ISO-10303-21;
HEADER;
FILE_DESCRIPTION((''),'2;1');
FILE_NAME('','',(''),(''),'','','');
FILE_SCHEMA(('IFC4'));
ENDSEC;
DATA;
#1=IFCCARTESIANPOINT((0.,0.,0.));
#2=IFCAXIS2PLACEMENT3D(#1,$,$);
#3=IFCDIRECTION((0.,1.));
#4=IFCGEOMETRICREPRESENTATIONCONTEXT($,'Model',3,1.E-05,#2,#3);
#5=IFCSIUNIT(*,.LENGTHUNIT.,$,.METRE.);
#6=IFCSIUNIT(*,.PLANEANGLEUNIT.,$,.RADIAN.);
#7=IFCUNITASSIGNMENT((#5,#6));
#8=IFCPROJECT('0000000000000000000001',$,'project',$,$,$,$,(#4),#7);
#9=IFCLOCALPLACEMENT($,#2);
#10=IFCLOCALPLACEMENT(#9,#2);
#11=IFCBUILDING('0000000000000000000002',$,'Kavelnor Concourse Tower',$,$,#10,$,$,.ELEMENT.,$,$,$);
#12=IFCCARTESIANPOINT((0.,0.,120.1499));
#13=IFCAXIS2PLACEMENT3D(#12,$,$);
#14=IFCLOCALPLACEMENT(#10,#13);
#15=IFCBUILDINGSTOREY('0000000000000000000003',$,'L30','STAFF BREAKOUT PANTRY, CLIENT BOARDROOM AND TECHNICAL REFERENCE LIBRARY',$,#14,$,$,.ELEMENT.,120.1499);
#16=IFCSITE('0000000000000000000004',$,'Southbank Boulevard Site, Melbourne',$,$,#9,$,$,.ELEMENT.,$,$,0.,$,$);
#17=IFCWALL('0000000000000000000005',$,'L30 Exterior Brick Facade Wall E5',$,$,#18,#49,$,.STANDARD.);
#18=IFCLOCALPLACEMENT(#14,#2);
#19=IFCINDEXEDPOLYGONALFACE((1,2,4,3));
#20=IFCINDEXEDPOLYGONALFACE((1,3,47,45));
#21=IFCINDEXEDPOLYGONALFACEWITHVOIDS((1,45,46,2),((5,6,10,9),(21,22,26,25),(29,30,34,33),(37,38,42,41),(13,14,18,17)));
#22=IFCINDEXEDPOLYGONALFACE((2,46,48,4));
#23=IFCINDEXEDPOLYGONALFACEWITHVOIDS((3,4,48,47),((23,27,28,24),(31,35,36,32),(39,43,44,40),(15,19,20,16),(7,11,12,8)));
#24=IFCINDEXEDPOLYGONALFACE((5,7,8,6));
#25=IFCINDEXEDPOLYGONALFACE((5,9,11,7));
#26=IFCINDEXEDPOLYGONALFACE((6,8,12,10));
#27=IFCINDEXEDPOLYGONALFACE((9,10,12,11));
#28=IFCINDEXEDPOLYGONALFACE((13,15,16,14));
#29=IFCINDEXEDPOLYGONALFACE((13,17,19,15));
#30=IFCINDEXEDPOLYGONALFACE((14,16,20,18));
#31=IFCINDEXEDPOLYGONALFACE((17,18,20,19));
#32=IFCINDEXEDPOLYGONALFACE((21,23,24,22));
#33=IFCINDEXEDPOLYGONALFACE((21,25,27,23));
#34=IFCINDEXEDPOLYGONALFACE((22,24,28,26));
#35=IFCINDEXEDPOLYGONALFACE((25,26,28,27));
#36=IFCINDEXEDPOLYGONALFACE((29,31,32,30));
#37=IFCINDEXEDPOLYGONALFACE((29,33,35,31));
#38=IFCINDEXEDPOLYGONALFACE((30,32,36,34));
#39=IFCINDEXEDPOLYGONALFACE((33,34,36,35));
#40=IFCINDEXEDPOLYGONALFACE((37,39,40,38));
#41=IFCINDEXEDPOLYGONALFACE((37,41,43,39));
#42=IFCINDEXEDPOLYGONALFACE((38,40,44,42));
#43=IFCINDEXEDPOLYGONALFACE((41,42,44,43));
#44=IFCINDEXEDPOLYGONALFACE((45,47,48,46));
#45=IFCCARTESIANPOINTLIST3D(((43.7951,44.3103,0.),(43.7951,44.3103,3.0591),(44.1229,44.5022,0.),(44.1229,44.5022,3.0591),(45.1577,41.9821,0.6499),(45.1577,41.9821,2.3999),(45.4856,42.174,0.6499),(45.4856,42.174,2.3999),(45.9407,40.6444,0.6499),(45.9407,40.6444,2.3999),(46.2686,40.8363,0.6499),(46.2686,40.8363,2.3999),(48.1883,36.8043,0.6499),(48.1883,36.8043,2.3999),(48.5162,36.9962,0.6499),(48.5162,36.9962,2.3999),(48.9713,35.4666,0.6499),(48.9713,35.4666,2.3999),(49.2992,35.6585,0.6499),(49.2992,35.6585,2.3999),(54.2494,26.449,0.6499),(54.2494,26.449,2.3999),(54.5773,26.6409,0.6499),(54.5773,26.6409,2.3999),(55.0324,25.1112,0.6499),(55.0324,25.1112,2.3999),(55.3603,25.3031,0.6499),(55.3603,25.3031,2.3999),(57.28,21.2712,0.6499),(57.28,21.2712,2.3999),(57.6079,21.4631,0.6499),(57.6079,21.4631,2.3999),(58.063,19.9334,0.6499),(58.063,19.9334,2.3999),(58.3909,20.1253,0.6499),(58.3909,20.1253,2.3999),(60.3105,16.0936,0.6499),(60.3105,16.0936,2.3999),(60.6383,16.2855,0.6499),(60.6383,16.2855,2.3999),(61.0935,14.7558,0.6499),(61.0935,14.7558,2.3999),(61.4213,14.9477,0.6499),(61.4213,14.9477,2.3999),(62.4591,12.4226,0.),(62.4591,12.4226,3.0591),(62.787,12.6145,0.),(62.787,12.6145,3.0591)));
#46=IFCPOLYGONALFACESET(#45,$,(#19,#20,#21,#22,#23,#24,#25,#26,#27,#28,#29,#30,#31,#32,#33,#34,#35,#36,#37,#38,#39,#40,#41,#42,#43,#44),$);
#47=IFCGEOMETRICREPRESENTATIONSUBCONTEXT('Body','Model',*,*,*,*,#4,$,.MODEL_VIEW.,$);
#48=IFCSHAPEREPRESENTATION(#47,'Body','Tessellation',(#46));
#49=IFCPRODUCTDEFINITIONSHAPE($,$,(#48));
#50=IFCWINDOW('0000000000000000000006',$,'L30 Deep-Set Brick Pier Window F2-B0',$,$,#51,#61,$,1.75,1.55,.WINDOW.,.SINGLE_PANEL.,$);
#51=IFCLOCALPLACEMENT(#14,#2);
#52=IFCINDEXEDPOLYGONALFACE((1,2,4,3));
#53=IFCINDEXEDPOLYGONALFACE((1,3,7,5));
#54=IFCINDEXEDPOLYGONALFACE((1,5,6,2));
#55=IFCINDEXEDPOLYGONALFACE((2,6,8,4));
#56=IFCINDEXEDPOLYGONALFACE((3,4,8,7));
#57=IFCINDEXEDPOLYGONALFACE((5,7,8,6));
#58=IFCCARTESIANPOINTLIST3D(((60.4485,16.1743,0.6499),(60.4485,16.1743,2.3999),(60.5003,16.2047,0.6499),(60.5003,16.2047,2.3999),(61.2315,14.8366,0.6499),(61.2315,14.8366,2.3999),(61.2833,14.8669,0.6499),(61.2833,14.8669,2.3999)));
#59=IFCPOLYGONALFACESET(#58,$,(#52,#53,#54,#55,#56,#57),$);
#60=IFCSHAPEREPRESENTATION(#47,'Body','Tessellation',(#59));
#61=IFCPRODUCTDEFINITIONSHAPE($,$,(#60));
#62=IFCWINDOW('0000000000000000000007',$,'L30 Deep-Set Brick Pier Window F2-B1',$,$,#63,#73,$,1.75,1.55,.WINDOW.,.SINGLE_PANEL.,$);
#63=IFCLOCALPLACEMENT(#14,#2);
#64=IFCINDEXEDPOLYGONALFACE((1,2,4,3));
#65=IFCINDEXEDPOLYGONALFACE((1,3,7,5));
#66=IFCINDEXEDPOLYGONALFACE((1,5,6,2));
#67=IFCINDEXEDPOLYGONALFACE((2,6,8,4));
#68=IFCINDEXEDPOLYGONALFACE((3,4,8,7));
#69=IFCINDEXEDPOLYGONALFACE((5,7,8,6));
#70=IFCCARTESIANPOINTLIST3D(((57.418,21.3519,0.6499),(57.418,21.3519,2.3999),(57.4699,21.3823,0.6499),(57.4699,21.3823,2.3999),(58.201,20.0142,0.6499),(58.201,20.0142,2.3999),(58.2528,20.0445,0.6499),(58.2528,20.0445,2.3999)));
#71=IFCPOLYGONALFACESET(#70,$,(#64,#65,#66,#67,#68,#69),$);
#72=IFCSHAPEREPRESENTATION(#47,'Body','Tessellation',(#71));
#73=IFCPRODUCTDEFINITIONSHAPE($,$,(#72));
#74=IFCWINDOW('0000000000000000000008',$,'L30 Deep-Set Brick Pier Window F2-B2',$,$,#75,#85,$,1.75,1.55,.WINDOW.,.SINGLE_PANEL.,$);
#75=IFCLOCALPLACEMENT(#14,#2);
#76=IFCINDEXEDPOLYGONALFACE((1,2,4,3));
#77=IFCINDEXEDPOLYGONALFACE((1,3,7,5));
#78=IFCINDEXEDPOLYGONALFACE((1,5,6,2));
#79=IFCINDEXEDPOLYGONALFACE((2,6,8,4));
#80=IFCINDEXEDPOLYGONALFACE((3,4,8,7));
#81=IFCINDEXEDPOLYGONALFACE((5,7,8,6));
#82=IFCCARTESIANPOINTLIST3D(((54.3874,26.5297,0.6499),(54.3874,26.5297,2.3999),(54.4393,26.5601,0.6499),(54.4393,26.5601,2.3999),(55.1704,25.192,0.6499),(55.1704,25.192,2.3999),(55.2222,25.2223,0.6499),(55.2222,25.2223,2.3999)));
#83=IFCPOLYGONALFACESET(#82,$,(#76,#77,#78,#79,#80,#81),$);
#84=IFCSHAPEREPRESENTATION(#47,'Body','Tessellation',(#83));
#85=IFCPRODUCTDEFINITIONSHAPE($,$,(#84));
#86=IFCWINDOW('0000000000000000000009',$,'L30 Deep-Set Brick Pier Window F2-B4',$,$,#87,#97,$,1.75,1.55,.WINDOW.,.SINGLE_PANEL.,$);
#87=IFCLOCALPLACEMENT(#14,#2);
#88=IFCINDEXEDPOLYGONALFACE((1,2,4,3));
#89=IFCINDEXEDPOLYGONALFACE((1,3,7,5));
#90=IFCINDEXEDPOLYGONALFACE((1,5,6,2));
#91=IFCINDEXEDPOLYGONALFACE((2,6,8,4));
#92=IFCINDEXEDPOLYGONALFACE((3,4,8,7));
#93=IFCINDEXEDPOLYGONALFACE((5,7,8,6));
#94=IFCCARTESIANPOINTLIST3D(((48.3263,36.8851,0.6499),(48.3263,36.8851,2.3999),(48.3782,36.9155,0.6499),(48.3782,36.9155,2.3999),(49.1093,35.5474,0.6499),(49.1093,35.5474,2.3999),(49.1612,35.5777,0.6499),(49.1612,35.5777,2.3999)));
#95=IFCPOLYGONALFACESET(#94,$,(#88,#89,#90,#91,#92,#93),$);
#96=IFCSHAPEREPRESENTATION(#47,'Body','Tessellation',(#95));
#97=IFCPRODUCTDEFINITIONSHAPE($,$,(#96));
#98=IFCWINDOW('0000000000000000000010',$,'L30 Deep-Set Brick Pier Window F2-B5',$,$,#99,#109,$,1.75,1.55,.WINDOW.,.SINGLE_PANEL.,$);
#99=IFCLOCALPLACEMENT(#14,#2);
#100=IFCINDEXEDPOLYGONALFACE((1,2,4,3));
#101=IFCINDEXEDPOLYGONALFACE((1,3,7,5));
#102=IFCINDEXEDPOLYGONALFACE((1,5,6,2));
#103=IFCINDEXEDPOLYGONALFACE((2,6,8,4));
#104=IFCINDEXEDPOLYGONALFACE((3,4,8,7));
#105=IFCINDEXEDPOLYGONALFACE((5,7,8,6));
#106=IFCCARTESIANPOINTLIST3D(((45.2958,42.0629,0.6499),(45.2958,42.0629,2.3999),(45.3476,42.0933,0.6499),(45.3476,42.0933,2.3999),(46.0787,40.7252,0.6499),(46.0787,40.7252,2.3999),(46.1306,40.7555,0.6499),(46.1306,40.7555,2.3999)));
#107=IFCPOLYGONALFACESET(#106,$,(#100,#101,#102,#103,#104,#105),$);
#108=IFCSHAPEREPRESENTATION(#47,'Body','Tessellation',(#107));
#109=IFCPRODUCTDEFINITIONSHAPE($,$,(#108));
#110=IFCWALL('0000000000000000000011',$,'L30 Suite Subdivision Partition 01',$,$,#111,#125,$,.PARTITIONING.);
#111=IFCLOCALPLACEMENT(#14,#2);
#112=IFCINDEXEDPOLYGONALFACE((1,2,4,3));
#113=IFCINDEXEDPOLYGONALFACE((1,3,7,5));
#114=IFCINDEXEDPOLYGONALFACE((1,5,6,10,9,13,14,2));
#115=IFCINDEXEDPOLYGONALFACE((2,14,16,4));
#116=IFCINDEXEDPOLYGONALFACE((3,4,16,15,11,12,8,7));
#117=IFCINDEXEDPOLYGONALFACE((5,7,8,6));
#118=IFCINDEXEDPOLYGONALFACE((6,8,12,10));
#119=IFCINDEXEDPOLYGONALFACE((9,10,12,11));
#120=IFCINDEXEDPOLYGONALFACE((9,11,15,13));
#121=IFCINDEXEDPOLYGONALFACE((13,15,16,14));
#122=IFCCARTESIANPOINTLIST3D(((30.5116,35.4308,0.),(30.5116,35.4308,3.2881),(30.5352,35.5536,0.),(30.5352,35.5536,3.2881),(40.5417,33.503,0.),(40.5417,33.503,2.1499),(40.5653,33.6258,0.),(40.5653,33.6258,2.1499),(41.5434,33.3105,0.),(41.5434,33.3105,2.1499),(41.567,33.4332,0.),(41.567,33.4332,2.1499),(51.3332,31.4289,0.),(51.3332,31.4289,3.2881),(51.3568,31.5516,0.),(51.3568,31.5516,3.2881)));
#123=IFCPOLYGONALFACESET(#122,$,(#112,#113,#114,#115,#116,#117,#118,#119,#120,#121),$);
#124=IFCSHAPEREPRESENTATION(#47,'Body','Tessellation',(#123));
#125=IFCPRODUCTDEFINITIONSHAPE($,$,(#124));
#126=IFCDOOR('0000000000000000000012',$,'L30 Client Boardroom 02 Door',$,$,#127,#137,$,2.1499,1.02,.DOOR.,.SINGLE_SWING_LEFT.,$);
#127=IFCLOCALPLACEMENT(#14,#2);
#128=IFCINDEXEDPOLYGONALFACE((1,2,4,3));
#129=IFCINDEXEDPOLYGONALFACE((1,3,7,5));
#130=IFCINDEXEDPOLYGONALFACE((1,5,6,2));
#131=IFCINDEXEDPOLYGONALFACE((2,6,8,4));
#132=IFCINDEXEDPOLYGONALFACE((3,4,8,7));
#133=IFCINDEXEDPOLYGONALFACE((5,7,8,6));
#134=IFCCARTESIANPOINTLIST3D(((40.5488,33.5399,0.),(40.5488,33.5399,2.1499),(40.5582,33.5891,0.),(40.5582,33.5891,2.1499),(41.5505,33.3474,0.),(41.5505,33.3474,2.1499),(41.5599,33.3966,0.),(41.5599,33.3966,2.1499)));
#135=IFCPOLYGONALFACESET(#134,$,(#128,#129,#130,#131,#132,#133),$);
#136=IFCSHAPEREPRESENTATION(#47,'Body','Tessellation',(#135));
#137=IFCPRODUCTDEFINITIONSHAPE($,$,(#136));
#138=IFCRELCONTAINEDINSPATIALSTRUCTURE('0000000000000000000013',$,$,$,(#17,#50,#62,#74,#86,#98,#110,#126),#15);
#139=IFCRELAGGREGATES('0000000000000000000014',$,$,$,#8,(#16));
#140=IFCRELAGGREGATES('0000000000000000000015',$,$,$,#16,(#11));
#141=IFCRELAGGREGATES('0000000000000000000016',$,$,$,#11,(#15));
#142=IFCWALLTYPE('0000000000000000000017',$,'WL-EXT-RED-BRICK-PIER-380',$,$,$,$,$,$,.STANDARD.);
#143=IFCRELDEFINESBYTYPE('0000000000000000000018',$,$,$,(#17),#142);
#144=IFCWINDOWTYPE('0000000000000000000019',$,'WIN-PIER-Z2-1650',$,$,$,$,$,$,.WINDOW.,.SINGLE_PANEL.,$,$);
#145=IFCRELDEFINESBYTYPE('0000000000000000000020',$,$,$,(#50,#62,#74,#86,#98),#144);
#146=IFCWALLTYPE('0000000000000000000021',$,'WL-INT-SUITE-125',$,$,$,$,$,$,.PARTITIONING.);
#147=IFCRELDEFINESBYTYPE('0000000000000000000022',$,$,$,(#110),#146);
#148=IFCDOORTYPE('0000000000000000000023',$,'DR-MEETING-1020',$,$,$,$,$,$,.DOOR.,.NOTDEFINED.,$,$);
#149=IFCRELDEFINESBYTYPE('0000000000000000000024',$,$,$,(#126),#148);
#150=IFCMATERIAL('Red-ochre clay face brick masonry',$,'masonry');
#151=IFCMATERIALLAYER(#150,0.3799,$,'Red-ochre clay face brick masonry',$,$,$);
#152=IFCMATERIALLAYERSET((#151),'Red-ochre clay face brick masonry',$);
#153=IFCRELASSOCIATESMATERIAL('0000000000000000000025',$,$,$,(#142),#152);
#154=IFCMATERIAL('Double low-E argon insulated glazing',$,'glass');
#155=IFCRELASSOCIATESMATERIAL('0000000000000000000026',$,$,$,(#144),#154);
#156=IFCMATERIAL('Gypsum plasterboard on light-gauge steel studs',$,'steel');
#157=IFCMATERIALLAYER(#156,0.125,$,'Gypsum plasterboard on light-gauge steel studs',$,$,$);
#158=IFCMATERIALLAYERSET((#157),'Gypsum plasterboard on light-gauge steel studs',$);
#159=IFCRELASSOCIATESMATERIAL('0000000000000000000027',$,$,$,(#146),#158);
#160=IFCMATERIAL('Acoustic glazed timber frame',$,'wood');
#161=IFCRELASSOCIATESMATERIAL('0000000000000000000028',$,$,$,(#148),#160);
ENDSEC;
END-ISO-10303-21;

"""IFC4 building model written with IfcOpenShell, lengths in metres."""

from ifc_helpers import new_model, si_unit, direction, frame, frame_2d, origin, place, context, subcontext, project, spatial, rectangle, extrude, material, layer, layer_set, type_object, element, fill, save


model = new_model("IFC4")

# Units and contexts
model_context = context("Model", 3, precision=1e-05, world=origin(), true_north=direction((0.0, 1.0)))
body_context = subcontext(model_context, "Body", "Model", "MODEL_VIEW")
ifc_project = project(units=[si_unit("LENGTHUNIT", "METRE"), si_unit("PLANEANGLEUNIT", "RADIAN")], contexts=[model_context])

# Site, building, storey
site_placement = place(None, origin())
site = spatial("IfcSite", under=ifc_project, at=site_placement, Name="Southbank Boulevard Site, Melbourne", CompositionType="ELEMENT", RefElevation=0.0)
building_placement = place(site_placement, origin())
building = spatial("IfcBuilding", under=site, at=building_placement, Name="Kavelnor Concourse Tower", CompositionType="ELEMENT")
storey_placement = place(building_placement, frame((0.0, 0.0, 120.1499)))
storey = spatial("IfcBuildingStorey", under=building, at=storey_placement, Name="L30", Description="STAFF BREAKOUT PANTRY, CLIENT BOARDROOM AND TECHNICAL REFERENCE LIBRARY", CompositionType="ELEMENT", Elevation=120.1499)

# Wall, openings, windows
ifc_material_1 = material(Name="Red-ochre clay face brick masonry", Category="masonry")
ifc_layer_1 = layer(ifc_material_1, 0.3799, Name="Red-ochre clay face brick masonry")
ifc_layer_set_1 = layer_set([ifc_layer_1], Name="Red-ochre clay face brick masonry")
wall_type_1 = type_object("IfcWallType", Name="WL-EXT-RED-BRICK-PIER-380", PredefinedType="STANDARD", material=ifc_layer_set_1)
wall_1_placement = place(storey_placement, frame((43.959, 44.4062, 0.0), z_axis=(0.0, 0.0, 1.0), x_axis=(0.505141, -0.863037, 0.0)))
wall_1 = element("IfcWall", 1, at=wall_1_placement, inside=storey, type_object=wall_type_1, Name="L30 Exterior Brick Facade Wall E5", PredefinedType="STANDARD", context=body_context, shape_type="SweptSolid", body=[
    extrude(rectangle(XDim=36.9482, YDim=0.3799, at=frame_2d((18.4741, 0.0))), origin(), (0.0, 0.0, 1.0), 3.0591),
])
opening_1_placement = place(wall_1_placement, frame((32.6948, 0.0, 0.6499)))
opening_1 = element("IfcOpeningElement", 2, at=opening_1_placement, cuts=wall_1, PredefinedType="OPENING", context=body_context, shape_type="SweptSolid", body=[
    extrude(rectangle(XDim=1.55, YDim=1.75, at=frame_2d((0.7749, 0.875))), frame((0.0, 0.2, 0.0), z_axis=(0.0, -1.0, 0.0), x_axis=(1.0, 0.0, 0.0)), (0.0, 0.0, 1.0), 0.3999),
])
opening_2_placement = place(wall_1_placement, frame((26.6956, 0.0, 0.6499)))
opening_2 = element("IfcOpeningElement", 3, at=opening_2_placement, cuts=wall_1, PredefinedType="OPENING", context=body_context, shape_type="SweptSolid", body=[
    extrude(rectangle(XDim=1.55, YDim=1.75, at=frame_2d((0.7749, 0.875))), frame((0.0, 0.2, 0.0), z_axis=(0.0, -1.0, 0.0), x_axis=(1.0, 0.0, 0.0)), (0.0, 0.0, 1.0), 0.3999),
])
opening_3_placement = place(wall_1_placement, frame((20.696, 0.0, 0.6499)))
opening_3 = element("IfcOpeningElement", 4, at=opening_3_placement, cuts=wall_1, PredefinedType="OPENING", context=body_context, shape_type="SweptSolid", body=[
    extrude(rectangle(XDim=1.55, YDim=1.75, at=frame_2d((0.7749, 0.875))), frame((0.0, 0.2, 0.0), z_axis=(0.0, -1.0, 0.0), x_axis=(1.0, 0.0, 0.0)), (0.0, 0.0, 1.0), 0.3999),
])
opening_4_placement = place(wall_1_placement, frame((8.6973, 0.0, 0.6499)))
opening_4 = element("IfcOpeningElement", 5, at=opening_4_placement, cuts=wall_1, PredefinedType="OPENING", context=body_context, shape_type="SweptSolid", body=[
    extrude(rectangle(XDim=1.55, YDim=1.75, at=frame_2d((0.7749, 0.875))), frame((0.0, 0.2, 0.0), z_axis=(0.0, -1.0, 0.0), x_axis=(1.0, 0.0, 0.0)), (0.0, 0.0, 1.0), 0.3999),
])
opening_5_placement = place(wall_1_placement, frame((2.6978, 0.0, 0.6499)))
opening_5 = element("IfcOpeningElement", 6, at=opening_5_placement, cuts=wall_1, PredefinedType="OPENING", context=body_context, shape_type="SweptSolid", body=[
    extrude(rectangle(XDim=1.55, YDim=1.75, at=frame_2d((0.7749, 0.875))), frame((0.0, 0.2, 0.0), z_axis=(0.0, -1.0, 0.0), x_axis=(1.0, 0.0, 0.0)), (0.0, 0.0, 1.0), 0.3999),
])
ifc_material_2 = material(Name="Double low-E argon insulated glazing", Category="glass")
window_type = type_object("IfcWindowType", Name="WIN-PIER-Z2-1650", PartitioningType="SINGLE_PANEL", PredefinedType="WINDOW", material=ifc_material_2)
window_1_placement = place(opening_1_placement, origin())
window_1 = element("IfcWindow", 7, at=window_1_placement, inside=storey, type_object=window_type, Name="L30 Deep-Set Brick Pier Window F2-B0", OverallHeight=1.75, OverallWidth=1.55, PartitioningType="SINGLE_PANEL", PredefinedType="WINDOW", context=body_context, shape_type="SweptSolid", body=[
    extrude(rectangle(XDim=1.55, YDim=1.75, at=frame_2d((0.7749, 0.875))), frame((0.0, 0.03, 0.0), z_axis=(0.0, -1.0, 0.0), x_axis=(1.0, 0.0, 0.0)), (0.0, 0.0, 1.0), 0.0601),
])
fill(opening_1, window_1)
window_2_placement = place(opening_2_placement, origin())
window_2 = element("IfcWindow", 8, at=window_2_placement, inside=storey, type_object=window_type, Name="L30 Deep-Set Brick Pier Window F2-B1", OverallHeight=1.75, OverallWidth=1.55, PartitioningType="SINGLE_PANEL", PredefinedType="WINDOW", context=body_context, shape_type="SweptSolid", body=[
    extrude(rectangle(XDim=1.55, YDim=1.75, at=frame_2d((0.7749, 0.875))), frame((0.0, 0.03, 0.0), z_axis=(0.0, -1.0, 0.0), x_axis=(1.0, 0.0, 0.0)), (0.0, 0.0, 1.0), 0.0601),
])
fill(opening_2, window_2)
window_3_placement = place(opening_3_placement, origin())
window_3 = element("IfcWindow", 9, at=window_3_placement, inside=storey, type_object=window_type, Name="L30 Deep-Set Brick Pier Window F2-B2", OverallHeight=1.75, OverallWidth=1.55, PartitioningType="SINGLE_PANEL", PredefinedType="WINDOW", context=body_context, shape_type="SweptSolid", body=[
    extrude(rectangle(XDim=1.55, YDim=1.75, at=frame_2d((0.7749, 0.875))), frame((0.0, 0.03, 0.0), z_axis=(0.0, -1.0, 0.0), x_axis=(1.0, 0.0, 0.0)), (0.0, 0.0, 1.0), 0.0601),
])
fill(opening_3, window_3)
window_4_placement = place(opening_4_placement, origin())
window_4 = element("IfcWindow", 10, at=window_4_placement, inside=storey, type_object=window_type, Name="L30 Deep-Set Brick Pier Window F2-B4", OverallHeight=1.75, OverallWidth=1.55, PartitioningType="SINGLE_PANEL", PredefinedType="WINDOW", context=body_context, shape_type="SweptSolid", body=[
    extrude(rectangle(XDim=1.55, YDim=1.75, at=frame_2d((0.7749, 0.875))), frame((0.0, 0.03, 0.0), z_axis=(0.0, -1.0, 0.0), x_axis=(1.0, 0.0, 0.0)), (0.0, 0.0, 1.0), 0.0601),
])
fill(opening_4, window_4)
window_5_placement = place(opening_5_placement, origin())
window_5 = element("IfcWindow", 11, at=window_5_placement, inside=storey, type_object=window_type, Name="L30 Deep-Set Brick Pier Window F2-B5", OverallHeight=1.75, OverallWidth=1.55, PartitioningType="SINGLE_PANEL", PredefinedType="WINDOW", context=body_context, shape_type="SweptSolid", body=[
    extrude(rectangle(XDim=1.55, YDim=1.75, at=frame_2d((0.7749, 0.875))), frame((0.0, 0.03, 0.0), z_axis=(0.0, -1.0, 0.0), x_axis=(1.0, 0.0, 0.0)), (0.0, 0.0, 1.0), 0.0601),
])
fill(opening_5, window_5)

# Wall, opening, door
ifc_material_3 = material(Name="Gypsum plasterboard on light-gauge steel studs", Category="steel")
ifc_layer_2 = layer(ifc_material_3, 0.125, Name="Gypsum plasterboard on light-gauge steel studs")
ifc_layer_set_2 = layer_set([ifc_layer_2], Name="Gypsum plasterboard on light-gauge steel studs")
wall_type_2 = type_object("IfcWallType", Name="WL-INT-SUITE-125", PredefinedType="PARTITIONING", material=ifc_layer_set_2)
wall_2_placement = place(storey_placement, frame((51.345, 31.4902, 0.0), z_axis=(0.0, 0.0, 1.0), x_axis=(-0.982026, 0.188748, 0.0)))
wall_2 = element("IfcWall", 12, at=wall_2_placement, inside=storey, type_object=wall_type_2, Name="L30 Suite Subdivision Partition 01", PredefinedType="PARTITIONING", context=body_context, shape_type="SweptSolid", body=[
    extrude(rectangle(XDim=21.2026, YDim=0.125, at=frame_2d((10.6013, 0.0))), origin(), (0.0, 0.0, 1.0), 3.2881),
])
opening_6_placement = place(wall_2_placement, frame((9.969, 0.0, 0.0)))
opening_6 = element("IfcOpeningElement", 13, at=opening_6_placement, cuts=wall_2, PredefinedType="OPENING", context=body_context, shape_type="SweptSolid", body=[
    extrude(rectangle(XDim=1.02, YDim=2.1499, at=frame_2d((0.51, 1.075))), frame((0.0, 0.0725, 0.0), z_axis=(0.0, -1.0, 0.0), x_axis=(1.0, 0.0, 0.0)), (0.0, 0.0, 1.0), 0.145),
])
ifc_material_4 = material(Name="Acoustic glazed timber frame", Category="wood")
door_type = type_object("IfcDoorType", Name="DR-MEETING-1020", OperationType="NOTDEFINED", PredefinedType="DOOR", material=ifc_material_4)
door_placement = place(opening_6_placement, origin())
door = element("IfcDoor", 14, at=door_placement, inside=storey, type_object=door_type, Name="L30 Client Boardroom 02 Door", OperationType="SINGLE_SWING_LEFT", OverallHeight=2.1499, OverallWidth=1.02, PredefinedType="DOOR", context=body_context, shape_type="SweptSolid", body=[
    extrude(rectangle(XDim=1.02, YDim=2.1499, at=frame_2d((0.51, 1.075))), frame((0.0, 0.0249, 0.0), z_axis=(0.0, -1.0, 0.0), x_axis=(1.0, 0.0, 0.0)), (0.0, 0.0, 1.0), 0.05),
])
fill(opening_6, door)

save(model, "model.ifc")
